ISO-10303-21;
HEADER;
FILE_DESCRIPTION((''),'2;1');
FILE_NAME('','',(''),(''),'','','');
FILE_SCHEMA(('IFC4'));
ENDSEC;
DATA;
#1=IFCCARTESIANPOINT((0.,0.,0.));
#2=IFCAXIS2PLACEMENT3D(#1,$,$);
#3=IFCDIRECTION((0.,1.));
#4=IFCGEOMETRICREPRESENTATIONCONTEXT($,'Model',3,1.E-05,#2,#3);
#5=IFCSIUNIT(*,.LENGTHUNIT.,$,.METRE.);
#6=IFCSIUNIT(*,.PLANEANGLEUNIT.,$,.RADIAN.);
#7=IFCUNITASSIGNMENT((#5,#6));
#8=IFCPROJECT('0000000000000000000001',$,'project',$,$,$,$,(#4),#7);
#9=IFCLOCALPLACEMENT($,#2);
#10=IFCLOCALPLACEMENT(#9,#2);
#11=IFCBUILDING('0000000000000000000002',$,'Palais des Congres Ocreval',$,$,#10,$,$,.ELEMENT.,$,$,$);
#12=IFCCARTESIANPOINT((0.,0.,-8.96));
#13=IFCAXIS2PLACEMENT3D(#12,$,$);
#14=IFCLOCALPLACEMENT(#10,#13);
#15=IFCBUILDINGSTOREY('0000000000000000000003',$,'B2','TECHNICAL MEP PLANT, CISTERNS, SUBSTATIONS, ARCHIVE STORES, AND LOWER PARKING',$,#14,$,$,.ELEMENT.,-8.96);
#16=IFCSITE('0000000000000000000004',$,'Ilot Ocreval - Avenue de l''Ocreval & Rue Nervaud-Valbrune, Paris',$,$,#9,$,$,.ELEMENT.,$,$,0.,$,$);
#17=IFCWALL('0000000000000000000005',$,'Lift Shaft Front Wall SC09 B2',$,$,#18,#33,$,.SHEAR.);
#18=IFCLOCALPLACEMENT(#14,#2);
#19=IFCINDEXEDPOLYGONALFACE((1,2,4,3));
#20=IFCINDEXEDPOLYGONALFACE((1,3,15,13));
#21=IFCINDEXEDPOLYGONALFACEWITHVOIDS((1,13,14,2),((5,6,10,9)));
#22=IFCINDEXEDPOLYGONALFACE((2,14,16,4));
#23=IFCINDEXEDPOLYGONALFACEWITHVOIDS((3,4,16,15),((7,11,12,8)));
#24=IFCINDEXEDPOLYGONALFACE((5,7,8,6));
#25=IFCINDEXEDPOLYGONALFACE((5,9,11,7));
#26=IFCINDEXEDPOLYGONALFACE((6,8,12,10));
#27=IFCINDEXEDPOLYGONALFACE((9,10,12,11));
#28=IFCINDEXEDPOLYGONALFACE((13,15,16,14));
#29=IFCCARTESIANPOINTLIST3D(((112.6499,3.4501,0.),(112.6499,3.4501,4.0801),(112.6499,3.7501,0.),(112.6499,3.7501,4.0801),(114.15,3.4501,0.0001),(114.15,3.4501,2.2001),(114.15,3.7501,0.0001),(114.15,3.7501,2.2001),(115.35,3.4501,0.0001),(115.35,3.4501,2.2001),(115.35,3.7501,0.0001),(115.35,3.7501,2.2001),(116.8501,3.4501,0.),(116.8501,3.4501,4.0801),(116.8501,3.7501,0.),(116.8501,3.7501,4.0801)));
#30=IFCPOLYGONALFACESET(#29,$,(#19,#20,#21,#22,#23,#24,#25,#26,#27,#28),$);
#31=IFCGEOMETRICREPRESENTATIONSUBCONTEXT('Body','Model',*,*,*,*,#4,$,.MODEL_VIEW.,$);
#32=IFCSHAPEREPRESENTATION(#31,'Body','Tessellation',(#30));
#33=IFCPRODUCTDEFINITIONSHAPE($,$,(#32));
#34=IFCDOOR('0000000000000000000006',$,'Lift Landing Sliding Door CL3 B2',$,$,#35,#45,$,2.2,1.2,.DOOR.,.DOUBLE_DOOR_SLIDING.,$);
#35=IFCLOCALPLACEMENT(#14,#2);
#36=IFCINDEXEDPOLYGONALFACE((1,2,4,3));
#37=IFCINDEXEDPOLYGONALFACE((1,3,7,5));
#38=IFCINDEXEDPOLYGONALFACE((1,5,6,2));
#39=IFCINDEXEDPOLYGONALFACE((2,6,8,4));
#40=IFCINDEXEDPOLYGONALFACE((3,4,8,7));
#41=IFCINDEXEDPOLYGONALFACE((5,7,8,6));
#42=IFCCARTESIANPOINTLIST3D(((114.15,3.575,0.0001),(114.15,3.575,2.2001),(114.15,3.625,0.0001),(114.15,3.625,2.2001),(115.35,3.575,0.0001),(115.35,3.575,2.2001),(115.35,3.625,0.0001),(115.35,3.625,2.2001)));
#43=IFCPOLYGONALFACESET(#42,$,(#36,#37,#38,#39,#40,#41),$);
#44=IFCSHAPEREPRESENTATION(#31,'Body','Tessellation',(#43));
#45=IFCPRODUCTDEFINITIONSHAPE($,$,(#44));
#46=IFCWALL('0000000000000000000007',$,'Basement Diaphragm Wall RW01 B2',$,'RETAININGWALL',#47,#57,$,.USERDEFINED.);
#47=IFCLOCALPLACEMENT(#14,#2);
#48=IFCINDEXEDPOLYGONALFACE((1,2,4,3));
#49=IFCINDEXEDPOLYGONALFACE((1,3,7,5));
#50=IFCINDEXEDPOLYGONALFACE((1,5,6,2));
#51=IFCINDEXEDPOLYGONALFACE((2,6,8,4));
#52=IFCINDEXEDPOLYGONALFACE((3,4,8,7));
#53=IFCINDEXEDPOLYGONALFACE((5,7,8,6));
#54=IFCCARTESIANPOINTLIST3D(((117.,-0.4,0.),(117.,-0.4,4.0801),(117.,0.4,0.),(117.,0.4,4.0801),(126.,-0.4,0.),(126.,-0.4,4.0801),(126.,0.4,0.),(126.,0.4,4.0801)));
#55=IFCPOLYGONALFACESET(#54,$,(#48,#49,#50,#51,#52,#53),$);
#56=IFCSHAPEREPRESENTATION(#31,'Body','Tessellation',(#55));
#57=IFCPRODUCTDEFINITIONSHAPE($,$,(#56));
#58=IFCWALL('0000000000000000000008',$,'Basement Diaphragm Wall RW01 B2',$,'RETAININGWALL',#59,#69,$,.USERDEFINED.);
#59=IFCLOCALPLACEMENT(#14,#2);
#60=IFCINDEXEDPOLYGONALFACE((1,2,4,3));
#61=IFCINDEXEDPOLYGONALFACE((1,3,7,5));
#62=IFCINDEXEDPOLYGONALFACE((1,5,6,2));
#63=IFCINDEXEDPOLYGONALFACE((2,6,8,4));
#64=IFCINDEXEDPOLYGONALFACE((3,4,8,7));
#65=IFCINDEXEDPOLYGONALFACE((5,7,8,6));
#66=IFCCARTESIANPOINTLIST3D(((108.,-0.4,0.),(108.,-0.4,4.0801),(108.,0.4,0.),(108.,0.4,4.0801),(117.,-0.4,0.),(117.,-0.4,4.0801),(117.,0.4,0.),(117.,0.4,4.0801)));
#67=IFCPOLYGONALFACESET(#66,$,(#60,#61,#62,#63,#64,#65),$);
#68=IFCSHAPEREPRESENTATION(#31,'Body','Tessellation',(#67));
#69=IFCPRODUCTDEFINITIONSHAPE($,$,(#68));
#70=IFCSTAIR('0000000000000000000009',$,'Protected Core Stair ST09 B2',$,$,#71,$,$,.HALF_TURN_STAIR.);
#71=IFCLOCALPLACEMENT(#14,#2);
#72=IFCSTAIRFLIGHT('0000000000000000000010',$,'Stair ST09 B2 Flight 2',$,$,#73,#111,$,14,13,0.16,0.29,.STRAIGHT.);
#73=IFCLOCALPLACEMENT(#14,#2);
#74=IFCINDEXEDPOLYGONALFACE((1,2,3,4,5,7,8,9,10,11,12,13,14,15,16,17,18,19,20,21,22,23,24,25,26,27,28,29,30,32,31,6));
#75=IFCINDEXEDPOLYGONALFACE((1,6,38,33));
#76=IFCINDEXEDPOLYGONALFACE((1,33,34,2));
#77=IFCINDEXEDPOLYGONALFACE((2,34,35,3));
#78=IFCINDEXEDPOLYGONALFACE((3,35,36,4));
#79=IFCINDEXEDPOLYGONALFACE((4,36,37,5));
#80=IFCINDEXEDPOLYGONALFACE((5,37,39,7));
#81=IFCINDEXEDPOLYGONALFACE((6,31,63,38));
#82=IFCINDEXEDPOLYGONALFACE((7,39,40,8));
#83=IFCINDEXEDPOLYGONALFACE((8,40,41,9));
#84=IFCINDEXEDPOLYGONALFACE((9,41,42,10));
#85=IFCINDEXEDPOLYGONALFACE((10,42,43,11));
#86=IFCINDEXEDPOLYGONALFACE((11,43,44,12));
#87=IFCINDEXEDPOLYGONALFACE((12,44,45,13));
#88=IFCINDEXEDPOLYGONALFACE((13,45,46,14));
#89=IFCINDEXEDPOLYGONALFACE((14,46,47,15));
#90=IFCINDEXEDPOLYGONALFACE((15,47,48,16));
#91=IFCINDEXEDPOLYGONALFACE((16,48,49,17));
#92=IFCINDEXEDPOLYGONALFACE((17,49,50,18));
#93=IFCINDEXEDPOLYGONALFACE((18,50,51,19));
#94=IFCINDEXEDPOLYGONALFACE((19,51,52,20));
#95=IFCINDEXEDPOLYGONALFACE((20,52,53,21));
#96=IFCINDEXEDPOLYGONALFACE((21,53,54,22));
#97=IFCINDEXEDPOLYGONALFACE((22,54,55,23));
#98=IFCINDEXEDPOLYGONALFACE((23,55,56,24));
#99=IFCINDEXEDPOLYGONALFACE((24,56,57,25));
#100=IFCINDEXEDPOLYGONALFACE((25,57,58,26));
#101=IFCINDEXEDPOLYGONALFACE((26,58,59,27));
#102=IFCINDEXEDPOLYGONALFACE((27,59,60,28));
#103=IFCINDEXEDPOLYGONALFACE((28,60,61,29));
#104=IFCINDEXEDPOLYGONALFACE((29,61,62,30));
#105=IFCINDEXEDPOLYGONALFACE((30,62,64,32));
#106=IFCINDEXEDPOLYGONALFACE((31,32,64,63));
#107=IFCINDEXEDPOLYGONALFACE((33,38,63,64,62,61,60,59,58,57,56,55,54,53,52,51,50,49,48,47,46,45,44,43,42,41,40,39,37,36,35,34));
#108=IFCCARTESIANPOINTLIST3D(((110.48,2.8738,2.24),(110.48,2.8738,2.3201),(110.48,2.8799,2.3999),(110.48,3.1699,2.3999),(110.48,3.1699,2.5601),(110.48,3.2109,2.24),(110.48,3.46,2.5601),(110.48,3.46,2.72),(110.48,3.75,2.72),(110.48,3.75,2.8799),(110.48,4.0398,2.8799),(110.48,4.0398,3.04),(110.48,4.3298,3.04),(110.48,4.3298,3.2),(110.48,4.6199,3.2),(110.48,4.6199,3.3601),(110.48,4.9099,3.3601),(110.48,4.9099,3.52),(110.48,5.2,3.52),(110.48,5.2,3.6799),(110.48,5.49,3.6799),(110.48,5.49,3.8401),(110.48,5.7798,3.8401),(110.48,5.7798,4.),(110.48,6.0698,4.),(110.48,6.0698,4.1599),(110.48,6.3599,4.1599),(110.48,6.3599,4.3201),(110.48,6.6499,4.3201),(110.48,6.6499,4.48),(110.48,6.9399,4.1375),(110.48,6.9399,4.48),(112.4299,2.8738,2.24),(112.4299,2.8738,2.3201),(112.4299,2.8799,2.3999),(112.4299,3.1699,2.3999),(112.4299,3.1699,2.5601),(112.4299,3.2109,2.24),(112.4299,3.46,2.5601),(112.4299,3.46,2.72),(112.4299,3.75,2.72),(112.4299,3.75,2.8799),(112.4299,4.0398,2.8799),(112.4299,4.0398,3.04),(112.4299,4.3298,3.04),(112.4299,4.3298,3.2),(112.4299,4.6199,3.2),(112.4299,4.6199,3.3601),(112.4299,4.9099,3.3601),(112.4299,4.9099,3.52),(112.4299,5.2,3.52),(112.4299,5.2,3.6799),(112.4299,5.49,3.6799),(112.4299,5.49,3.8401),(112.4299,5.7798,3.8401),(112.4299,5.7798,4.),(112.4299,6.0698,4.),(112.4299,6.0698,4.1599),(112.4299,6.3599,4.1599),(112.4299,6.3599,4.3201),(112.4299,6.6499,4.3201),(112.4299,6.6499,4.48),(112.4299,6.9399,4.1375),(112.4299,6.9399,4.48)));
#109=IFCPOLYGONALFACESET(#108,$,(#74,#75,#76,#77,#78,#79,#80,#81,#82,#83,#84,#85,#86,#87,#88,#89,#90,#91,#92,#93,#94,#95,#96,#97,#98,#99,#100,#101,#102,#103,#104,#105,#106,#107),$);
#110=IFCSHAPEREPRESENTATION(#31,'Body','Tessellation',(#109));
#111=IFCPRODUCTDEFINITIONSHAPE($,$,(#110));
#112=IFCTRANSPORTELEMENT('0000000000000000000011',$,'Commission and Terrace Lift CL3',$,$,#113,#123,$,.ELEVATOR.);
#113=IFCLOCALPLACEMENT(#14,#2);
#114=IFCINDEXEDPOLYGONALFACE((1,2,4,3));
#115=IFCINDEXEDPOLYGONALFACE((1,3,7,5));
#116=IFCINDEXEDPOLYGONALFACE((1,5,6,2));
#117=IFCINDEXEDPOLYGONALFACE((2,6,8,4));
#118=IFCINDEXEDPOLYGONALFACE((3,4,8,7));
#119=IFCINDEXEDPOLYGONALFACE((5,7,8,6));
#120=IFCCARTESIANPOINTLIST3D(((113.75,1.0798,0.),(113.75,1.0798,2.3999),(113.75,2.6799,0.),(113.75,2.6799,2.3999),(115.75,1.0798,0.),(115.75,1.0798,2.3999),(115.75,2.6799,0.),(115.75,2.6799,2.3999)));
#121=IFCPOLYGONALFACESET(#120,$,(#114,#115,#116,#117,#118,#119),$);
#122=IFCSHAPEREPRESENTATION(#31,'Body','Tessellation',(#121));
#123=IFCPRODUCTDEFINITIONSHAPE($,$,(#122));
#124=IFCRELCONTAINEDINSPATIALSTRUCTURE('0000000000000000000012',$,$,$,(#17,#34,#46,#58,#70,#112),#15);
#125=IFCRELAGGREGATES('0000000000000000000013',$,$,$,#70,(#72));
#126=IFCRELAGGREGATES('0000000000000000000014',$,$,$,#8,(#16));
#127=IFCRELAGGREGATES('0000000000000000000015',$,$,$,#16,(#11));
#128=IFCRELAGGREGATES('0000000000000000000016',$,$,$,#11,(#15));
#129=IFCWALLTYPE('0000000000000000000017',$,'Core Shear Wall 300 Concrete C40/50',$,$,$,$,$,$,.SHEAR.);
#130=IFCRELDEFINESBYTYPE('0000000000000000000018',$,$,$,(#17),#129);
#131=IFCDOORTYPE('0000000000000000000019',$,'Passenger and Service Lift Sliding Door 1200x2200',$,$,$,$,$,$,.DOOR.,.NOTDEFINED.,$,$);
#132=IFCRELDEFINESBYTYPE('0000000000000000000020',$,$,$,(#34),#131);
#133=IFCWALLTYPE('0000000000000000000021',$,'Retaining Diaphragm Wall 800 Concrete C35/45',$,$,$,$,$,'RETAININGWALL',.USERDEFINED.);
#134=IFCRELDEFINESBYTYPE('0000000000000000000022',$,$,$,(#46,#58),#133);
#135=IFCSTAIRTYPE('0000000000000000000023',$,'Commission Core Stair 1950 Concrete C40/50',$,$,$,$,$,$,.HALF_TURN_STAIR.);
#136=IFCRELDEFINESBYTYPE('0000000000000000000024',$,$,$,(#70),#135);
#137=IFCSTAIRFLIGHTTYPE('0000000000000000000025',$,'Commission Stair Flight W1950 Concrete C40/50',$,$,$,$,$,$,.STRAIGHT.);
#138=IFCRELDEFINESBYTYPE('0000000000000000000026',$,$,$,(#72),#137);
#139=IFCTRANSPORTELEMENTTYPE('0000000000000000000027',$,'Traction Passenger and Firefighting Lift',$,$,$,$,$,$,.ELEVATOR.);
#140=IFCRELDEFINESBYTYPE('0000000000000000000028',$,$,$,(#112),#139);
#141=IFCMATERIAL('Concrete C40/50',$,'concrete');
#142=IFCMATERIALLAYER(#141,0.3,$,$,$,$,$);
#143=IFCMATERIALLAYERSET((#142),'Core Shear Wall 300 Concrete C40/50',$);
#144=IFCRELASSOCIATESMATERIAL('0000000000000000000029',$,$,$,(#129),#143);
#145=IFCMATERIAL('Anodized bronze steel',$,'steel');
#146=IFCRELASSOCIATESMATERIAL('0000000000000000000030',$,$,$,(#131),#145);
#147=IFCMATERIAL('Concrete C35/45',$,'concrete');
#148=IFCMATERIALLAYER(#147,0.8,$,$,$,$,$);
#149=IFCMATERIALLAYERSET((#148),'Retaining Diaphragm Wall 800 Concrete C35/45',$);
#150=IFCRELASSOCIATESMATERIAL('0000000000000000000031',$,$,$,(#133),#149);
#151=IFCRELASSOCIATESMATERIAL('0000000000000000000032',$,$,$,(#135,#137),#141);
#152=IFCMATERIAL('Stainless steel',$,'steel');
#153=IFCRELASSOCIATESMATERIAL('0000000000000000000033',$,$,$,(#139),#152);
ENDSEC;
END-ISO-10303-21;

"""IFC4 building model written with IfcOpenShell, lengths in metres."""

from ifc_helpers import new_model, si_unit, direction, frame, frame_2d, origin, origin_2d, place, context, subcontext, project, spatial, polyline, rectangle, outline, extrude, material, layer, layer_set, type_object, element, fill, aggregate, save


model = new_model("IFC4")

# Units and contexts
model_context = context("Model", 3, precision=1e-05, world=origin(), true_north=direction((0.0, 1.0)))
body_context = subcontext(model_context, "Body", "Model", "MODEL_VIEW")
ifc_project = project(units=[si_unit("LENGTHUNIT", "METRE"), si_unit("PLANEANGLEUNIT", "RADIAN")], contexts=[model_context])

# Site, building, storey
site_placement = place(None, origin())
site = spatial("IfcSite", under=ifc_project, at=site_placement, Name="Ilot Ocreval - Avenue de l'Ocreval & Rue Nervaud-Valbrune, Paris", CompositionType="ELEMENT", RefElevation=0.0)
building_placement = place(site_placement, origin())
building = spatial("IfcBuilding", under=site, at=building_placement, Name="Palais des Congres Ocreval", CompositionType="ELEMENT")
storey_placement = place(building_placement, frame((0.0, 0.0, -8.96)))
storey = spatial("IfcBuildingStorey", under=building, at=storey_placement, Name="B2", Description="TECHNICAL MEP PLANT, CISTERNS, SUBSTATIONS, ARCHIVE STORES, AND LOWER PARKING", CompositionType="ELEMENT", Elevation=-8.96)

# Shared definitions
ifc_material_1 = material(Name="Concrete C35/45", Category="concrete")

# Shared definitions
ifc_material_2 = material(Name="Concrete C40/50", Category="concrete")
ifc_layer_1 = layer(ifc_material_2, 0.3)
ifc_layer_set_1 = layer_set([ifc_layer_1], Name="Core Shear Wall 300 Concrete C40/50")
wall_type_1 = type_object("IfcWallType", Name="Core Shear Wall 300 Concrete C40/50", PredefinedType="SHEAR", material=ifc_layer_set_1)

# Wall, opening, door
wall_1_placement = place(storey_placement, frame((112.6499, 3.6001, 0.0), z_axis=(0.0, 0.0, 1.0), x_axis=(1.0, 0.0, 0.0)))
wall_1 = element("IfcWall", 1, at=wall_1_placement, inside=storey, type_object=wall_type_1, Name="Lift Shaft Front Wall SC09 B2", PredefinedType="SHEAR", context=body_context, shape_type="SweptSolid", body=[
    extrude(rectangle(XDim=4.2002, YDim=0.3, at=frame_2d((2.1001, 0.0))), origin(), (0.0, 0.0, 1.0), 4.0801),
])
opening_1_placement = place(wall_1_placement, frame((1.5, 0.0, 0.0)))
opening_1 = element("IfcOpeningElement", 2, at=opening_1_placement, cuts=wall_1, PredefinedType="OPENING", context=body_context, shape_type="SweptSolid", body=[
    extrude(rectangle(XDim=1.2, YDim=2.2, at=frame_2d((0.6001, 1.1001))), frame((0.0, 0.1599, 0.0), z_axis=(0.0, -1.0, 0.0), x_axis=(1.0, 0.0, 0.0)), (0.0, 0.0, 1.0), 0.3201),
])
ifc_material_3 = material(Name="Anodized bronze steel", Category="steel")
door_type_1 = type_object("IfcDoorType", Name="Passenger and Service Lift Sliding Door 1200x2200", OperationType="NOTDEFINED", PredefinedType="DOOR", material=ifc_material_3)
door_1_placement = place(opening_1_placement, origin())
door_1 = element("IfcDoor", 3, at=door_1_placement, inside=storey, type_object=door_type_1, Name="Lift Landing Sliding Door CL3 B2", OperationType="DOUBLE_DOOR_SLIDING", OverallHeight=2.2, OverallWidth=1.2, PredefinedType="DOOR", context=body_context, shape_type="SweptSolid", body=[
    extrude(rectangle(XDim=1.2, YDim=2.2, at=frame_2d((0.6001, 1.1001))), frame((0.0, 0.0249, 0.0), z_axis=(0.0, -1.0, 0.0), x_axis=(1.0, 0.0, 0.0)), (0.0, 0.0, 1.0), 0.05),
])
fill(opening_1, door_1)

# Walls
ifc_layer_2 = layer(ifc_material_1, 0.8)
ifc_layer_set_2 = layer_set([ifc_layer_2], Name="Retaining Diaphragm Wall 800 Concrete C35/45")
wall_type_2 = type_object("IfcWallType", Name="Retaining Diaphragm Wall 800 Concrete C35/45", ElementType="RETAININGWALL", PredefinedType="USERDEFINED", material=ifc_layer_set_2)
for number, where, z_axis, x_axis, name in (
    (4, (126.0, 0.0, 0.0), (0.0, 0.0, 1.0), (-1.0, 0.0, 0.0), "Basement Diaphragm Wall RW01 B2"),
    (5, (117.0, 0.0, 0.0), (0.0, 0.0, 1.0), (-1.0, 0.0, 0.0), "Basement Diaphragm Wall RW01 B2"),
):
    element("IfcWall", number, at=place(storey_placement, frame(where, z_axis=z_axis, x_axis=x_axis)), inside=storey, type_object=wall_type_2, Name=name, ObjectType="RETAININGWALL", PredefinedType="USERDEFINED", context=body_context, shape_type="SweptSolid", body=[
        extrude(rectangle(XDim=9.0, YDim=0.8, at=frame_2d((4.5, 0.0))), origin(), (0.0, 0.0, 1.0), 4.0801),
    ])

# Stair, stair flight
stair_type = type_object("IfcStairType", Name="Commission Core Stair 1950 Concrete C40/50", PredefinedType="HALF_TURN_STAIR", material=ifc_material_2)
stair_placement = place(storey_placement, origin())
stair = element("IfcStair", 6, at=stair_placement, inside=storey, type_object=stair_type, Name="Protected Core Stair ST09 B2", PredefinedType="HALF_TURN_STAIR")
stair_flight_type = type_object("IfcStairFlightType", Name="Commission Stair Flight W1950 Concrete C40/50", PredefinedType="STRAIGHT", material=ifc_material_2)
stair_flight_placement = place(storey_placement, frame((111.4551, 2.8799, 2.24), z_axis=(0.0, 0.0, 1.0), x_axis=(0.0, 1.0, 0.0)))
stair_flight = element("IfcStairFlight", 7, at=stair_flight_placement, type_object=stair_flight_type, Name="Stair ST09 B2 Flight 2", NumberOfRisers=14, NumberOfTreads=13, PredefinedType="STRAIGHT", RiserHeight=0.16, TreadLength=0.29, context=body_context, shape_type="SweptSolid", body=[
    extrude(outline(polyline([(-0.0061, 0.0), (-0.0061, 0.0801), (0.0, 0.1599), (0.29, 0.1599), (0.29, 0.3201), (0.5801, 0.3201), (0.5801, 0.48), (0.8701, 0.48), (0.8701, 0.6399), (1.1599, 0.6399), (1.1599, 0.8), (1.45, 0.8), (1.45, 0.96), (1.74, 0.96), (1.74, 1.1201), (2.03, 1.1201), (2.03, 1.28), (2.3201, 1.28), (2.3201, 1.4399), (2.6101, 1.4399), (2.6101, 1.6001), (2.8999, 1.6001), (2.8999, 1.76), (3.1899, 1.76), (3.1899, 1.9199), (3.48, 1.9199), (3.48, 2.0801), (3.77, 2.0801), (3.77, 2.24), (4.0601, 2.24), (4.0601, 1.8975), (0.3311, 0.0), (-0.0061, 0.0)])), frame((0.0, 0.9751, 0.0), z_axis=(0.0, -1.0, 0.0), x_axis=(1.0, 0.0, 0.0)), (0.0, 0.0, 1.0), 1.95),
])
aggregate(stair, [stair_flight])

# Transport element
ifc_material_4 = material(Name="Stainless steel", Category="steel")
transport_element_type = type_object("IfcTransportElementType", Name="Traction Passenger and Firefighting Lift", PredefinedType="ELEVATOR", material=ifc_material_4)
transport_element_placement = place(storey_placement, frame((114.75, 1.8799, 0.0), z_axis=(0.0, 0.0, 1.0), x_axis=(1.0, 0.0, 0.0)))
element("IfcTransportElement", 8, at=transport_element_placement, inside=storey, type_object=transport_element_type, Name="Commission and Terrace Lift CL3", PredefinedType="ELEVATOR", context=body_context, shape_type="SweptSolid", body=[
    extrude(rectangle(XDim=2.0, YDim=1.6001, at=origin_2d()), origin(), (0.0, 0.0, 1.0), 2.3999),
])

save(model, "model.ifc")
